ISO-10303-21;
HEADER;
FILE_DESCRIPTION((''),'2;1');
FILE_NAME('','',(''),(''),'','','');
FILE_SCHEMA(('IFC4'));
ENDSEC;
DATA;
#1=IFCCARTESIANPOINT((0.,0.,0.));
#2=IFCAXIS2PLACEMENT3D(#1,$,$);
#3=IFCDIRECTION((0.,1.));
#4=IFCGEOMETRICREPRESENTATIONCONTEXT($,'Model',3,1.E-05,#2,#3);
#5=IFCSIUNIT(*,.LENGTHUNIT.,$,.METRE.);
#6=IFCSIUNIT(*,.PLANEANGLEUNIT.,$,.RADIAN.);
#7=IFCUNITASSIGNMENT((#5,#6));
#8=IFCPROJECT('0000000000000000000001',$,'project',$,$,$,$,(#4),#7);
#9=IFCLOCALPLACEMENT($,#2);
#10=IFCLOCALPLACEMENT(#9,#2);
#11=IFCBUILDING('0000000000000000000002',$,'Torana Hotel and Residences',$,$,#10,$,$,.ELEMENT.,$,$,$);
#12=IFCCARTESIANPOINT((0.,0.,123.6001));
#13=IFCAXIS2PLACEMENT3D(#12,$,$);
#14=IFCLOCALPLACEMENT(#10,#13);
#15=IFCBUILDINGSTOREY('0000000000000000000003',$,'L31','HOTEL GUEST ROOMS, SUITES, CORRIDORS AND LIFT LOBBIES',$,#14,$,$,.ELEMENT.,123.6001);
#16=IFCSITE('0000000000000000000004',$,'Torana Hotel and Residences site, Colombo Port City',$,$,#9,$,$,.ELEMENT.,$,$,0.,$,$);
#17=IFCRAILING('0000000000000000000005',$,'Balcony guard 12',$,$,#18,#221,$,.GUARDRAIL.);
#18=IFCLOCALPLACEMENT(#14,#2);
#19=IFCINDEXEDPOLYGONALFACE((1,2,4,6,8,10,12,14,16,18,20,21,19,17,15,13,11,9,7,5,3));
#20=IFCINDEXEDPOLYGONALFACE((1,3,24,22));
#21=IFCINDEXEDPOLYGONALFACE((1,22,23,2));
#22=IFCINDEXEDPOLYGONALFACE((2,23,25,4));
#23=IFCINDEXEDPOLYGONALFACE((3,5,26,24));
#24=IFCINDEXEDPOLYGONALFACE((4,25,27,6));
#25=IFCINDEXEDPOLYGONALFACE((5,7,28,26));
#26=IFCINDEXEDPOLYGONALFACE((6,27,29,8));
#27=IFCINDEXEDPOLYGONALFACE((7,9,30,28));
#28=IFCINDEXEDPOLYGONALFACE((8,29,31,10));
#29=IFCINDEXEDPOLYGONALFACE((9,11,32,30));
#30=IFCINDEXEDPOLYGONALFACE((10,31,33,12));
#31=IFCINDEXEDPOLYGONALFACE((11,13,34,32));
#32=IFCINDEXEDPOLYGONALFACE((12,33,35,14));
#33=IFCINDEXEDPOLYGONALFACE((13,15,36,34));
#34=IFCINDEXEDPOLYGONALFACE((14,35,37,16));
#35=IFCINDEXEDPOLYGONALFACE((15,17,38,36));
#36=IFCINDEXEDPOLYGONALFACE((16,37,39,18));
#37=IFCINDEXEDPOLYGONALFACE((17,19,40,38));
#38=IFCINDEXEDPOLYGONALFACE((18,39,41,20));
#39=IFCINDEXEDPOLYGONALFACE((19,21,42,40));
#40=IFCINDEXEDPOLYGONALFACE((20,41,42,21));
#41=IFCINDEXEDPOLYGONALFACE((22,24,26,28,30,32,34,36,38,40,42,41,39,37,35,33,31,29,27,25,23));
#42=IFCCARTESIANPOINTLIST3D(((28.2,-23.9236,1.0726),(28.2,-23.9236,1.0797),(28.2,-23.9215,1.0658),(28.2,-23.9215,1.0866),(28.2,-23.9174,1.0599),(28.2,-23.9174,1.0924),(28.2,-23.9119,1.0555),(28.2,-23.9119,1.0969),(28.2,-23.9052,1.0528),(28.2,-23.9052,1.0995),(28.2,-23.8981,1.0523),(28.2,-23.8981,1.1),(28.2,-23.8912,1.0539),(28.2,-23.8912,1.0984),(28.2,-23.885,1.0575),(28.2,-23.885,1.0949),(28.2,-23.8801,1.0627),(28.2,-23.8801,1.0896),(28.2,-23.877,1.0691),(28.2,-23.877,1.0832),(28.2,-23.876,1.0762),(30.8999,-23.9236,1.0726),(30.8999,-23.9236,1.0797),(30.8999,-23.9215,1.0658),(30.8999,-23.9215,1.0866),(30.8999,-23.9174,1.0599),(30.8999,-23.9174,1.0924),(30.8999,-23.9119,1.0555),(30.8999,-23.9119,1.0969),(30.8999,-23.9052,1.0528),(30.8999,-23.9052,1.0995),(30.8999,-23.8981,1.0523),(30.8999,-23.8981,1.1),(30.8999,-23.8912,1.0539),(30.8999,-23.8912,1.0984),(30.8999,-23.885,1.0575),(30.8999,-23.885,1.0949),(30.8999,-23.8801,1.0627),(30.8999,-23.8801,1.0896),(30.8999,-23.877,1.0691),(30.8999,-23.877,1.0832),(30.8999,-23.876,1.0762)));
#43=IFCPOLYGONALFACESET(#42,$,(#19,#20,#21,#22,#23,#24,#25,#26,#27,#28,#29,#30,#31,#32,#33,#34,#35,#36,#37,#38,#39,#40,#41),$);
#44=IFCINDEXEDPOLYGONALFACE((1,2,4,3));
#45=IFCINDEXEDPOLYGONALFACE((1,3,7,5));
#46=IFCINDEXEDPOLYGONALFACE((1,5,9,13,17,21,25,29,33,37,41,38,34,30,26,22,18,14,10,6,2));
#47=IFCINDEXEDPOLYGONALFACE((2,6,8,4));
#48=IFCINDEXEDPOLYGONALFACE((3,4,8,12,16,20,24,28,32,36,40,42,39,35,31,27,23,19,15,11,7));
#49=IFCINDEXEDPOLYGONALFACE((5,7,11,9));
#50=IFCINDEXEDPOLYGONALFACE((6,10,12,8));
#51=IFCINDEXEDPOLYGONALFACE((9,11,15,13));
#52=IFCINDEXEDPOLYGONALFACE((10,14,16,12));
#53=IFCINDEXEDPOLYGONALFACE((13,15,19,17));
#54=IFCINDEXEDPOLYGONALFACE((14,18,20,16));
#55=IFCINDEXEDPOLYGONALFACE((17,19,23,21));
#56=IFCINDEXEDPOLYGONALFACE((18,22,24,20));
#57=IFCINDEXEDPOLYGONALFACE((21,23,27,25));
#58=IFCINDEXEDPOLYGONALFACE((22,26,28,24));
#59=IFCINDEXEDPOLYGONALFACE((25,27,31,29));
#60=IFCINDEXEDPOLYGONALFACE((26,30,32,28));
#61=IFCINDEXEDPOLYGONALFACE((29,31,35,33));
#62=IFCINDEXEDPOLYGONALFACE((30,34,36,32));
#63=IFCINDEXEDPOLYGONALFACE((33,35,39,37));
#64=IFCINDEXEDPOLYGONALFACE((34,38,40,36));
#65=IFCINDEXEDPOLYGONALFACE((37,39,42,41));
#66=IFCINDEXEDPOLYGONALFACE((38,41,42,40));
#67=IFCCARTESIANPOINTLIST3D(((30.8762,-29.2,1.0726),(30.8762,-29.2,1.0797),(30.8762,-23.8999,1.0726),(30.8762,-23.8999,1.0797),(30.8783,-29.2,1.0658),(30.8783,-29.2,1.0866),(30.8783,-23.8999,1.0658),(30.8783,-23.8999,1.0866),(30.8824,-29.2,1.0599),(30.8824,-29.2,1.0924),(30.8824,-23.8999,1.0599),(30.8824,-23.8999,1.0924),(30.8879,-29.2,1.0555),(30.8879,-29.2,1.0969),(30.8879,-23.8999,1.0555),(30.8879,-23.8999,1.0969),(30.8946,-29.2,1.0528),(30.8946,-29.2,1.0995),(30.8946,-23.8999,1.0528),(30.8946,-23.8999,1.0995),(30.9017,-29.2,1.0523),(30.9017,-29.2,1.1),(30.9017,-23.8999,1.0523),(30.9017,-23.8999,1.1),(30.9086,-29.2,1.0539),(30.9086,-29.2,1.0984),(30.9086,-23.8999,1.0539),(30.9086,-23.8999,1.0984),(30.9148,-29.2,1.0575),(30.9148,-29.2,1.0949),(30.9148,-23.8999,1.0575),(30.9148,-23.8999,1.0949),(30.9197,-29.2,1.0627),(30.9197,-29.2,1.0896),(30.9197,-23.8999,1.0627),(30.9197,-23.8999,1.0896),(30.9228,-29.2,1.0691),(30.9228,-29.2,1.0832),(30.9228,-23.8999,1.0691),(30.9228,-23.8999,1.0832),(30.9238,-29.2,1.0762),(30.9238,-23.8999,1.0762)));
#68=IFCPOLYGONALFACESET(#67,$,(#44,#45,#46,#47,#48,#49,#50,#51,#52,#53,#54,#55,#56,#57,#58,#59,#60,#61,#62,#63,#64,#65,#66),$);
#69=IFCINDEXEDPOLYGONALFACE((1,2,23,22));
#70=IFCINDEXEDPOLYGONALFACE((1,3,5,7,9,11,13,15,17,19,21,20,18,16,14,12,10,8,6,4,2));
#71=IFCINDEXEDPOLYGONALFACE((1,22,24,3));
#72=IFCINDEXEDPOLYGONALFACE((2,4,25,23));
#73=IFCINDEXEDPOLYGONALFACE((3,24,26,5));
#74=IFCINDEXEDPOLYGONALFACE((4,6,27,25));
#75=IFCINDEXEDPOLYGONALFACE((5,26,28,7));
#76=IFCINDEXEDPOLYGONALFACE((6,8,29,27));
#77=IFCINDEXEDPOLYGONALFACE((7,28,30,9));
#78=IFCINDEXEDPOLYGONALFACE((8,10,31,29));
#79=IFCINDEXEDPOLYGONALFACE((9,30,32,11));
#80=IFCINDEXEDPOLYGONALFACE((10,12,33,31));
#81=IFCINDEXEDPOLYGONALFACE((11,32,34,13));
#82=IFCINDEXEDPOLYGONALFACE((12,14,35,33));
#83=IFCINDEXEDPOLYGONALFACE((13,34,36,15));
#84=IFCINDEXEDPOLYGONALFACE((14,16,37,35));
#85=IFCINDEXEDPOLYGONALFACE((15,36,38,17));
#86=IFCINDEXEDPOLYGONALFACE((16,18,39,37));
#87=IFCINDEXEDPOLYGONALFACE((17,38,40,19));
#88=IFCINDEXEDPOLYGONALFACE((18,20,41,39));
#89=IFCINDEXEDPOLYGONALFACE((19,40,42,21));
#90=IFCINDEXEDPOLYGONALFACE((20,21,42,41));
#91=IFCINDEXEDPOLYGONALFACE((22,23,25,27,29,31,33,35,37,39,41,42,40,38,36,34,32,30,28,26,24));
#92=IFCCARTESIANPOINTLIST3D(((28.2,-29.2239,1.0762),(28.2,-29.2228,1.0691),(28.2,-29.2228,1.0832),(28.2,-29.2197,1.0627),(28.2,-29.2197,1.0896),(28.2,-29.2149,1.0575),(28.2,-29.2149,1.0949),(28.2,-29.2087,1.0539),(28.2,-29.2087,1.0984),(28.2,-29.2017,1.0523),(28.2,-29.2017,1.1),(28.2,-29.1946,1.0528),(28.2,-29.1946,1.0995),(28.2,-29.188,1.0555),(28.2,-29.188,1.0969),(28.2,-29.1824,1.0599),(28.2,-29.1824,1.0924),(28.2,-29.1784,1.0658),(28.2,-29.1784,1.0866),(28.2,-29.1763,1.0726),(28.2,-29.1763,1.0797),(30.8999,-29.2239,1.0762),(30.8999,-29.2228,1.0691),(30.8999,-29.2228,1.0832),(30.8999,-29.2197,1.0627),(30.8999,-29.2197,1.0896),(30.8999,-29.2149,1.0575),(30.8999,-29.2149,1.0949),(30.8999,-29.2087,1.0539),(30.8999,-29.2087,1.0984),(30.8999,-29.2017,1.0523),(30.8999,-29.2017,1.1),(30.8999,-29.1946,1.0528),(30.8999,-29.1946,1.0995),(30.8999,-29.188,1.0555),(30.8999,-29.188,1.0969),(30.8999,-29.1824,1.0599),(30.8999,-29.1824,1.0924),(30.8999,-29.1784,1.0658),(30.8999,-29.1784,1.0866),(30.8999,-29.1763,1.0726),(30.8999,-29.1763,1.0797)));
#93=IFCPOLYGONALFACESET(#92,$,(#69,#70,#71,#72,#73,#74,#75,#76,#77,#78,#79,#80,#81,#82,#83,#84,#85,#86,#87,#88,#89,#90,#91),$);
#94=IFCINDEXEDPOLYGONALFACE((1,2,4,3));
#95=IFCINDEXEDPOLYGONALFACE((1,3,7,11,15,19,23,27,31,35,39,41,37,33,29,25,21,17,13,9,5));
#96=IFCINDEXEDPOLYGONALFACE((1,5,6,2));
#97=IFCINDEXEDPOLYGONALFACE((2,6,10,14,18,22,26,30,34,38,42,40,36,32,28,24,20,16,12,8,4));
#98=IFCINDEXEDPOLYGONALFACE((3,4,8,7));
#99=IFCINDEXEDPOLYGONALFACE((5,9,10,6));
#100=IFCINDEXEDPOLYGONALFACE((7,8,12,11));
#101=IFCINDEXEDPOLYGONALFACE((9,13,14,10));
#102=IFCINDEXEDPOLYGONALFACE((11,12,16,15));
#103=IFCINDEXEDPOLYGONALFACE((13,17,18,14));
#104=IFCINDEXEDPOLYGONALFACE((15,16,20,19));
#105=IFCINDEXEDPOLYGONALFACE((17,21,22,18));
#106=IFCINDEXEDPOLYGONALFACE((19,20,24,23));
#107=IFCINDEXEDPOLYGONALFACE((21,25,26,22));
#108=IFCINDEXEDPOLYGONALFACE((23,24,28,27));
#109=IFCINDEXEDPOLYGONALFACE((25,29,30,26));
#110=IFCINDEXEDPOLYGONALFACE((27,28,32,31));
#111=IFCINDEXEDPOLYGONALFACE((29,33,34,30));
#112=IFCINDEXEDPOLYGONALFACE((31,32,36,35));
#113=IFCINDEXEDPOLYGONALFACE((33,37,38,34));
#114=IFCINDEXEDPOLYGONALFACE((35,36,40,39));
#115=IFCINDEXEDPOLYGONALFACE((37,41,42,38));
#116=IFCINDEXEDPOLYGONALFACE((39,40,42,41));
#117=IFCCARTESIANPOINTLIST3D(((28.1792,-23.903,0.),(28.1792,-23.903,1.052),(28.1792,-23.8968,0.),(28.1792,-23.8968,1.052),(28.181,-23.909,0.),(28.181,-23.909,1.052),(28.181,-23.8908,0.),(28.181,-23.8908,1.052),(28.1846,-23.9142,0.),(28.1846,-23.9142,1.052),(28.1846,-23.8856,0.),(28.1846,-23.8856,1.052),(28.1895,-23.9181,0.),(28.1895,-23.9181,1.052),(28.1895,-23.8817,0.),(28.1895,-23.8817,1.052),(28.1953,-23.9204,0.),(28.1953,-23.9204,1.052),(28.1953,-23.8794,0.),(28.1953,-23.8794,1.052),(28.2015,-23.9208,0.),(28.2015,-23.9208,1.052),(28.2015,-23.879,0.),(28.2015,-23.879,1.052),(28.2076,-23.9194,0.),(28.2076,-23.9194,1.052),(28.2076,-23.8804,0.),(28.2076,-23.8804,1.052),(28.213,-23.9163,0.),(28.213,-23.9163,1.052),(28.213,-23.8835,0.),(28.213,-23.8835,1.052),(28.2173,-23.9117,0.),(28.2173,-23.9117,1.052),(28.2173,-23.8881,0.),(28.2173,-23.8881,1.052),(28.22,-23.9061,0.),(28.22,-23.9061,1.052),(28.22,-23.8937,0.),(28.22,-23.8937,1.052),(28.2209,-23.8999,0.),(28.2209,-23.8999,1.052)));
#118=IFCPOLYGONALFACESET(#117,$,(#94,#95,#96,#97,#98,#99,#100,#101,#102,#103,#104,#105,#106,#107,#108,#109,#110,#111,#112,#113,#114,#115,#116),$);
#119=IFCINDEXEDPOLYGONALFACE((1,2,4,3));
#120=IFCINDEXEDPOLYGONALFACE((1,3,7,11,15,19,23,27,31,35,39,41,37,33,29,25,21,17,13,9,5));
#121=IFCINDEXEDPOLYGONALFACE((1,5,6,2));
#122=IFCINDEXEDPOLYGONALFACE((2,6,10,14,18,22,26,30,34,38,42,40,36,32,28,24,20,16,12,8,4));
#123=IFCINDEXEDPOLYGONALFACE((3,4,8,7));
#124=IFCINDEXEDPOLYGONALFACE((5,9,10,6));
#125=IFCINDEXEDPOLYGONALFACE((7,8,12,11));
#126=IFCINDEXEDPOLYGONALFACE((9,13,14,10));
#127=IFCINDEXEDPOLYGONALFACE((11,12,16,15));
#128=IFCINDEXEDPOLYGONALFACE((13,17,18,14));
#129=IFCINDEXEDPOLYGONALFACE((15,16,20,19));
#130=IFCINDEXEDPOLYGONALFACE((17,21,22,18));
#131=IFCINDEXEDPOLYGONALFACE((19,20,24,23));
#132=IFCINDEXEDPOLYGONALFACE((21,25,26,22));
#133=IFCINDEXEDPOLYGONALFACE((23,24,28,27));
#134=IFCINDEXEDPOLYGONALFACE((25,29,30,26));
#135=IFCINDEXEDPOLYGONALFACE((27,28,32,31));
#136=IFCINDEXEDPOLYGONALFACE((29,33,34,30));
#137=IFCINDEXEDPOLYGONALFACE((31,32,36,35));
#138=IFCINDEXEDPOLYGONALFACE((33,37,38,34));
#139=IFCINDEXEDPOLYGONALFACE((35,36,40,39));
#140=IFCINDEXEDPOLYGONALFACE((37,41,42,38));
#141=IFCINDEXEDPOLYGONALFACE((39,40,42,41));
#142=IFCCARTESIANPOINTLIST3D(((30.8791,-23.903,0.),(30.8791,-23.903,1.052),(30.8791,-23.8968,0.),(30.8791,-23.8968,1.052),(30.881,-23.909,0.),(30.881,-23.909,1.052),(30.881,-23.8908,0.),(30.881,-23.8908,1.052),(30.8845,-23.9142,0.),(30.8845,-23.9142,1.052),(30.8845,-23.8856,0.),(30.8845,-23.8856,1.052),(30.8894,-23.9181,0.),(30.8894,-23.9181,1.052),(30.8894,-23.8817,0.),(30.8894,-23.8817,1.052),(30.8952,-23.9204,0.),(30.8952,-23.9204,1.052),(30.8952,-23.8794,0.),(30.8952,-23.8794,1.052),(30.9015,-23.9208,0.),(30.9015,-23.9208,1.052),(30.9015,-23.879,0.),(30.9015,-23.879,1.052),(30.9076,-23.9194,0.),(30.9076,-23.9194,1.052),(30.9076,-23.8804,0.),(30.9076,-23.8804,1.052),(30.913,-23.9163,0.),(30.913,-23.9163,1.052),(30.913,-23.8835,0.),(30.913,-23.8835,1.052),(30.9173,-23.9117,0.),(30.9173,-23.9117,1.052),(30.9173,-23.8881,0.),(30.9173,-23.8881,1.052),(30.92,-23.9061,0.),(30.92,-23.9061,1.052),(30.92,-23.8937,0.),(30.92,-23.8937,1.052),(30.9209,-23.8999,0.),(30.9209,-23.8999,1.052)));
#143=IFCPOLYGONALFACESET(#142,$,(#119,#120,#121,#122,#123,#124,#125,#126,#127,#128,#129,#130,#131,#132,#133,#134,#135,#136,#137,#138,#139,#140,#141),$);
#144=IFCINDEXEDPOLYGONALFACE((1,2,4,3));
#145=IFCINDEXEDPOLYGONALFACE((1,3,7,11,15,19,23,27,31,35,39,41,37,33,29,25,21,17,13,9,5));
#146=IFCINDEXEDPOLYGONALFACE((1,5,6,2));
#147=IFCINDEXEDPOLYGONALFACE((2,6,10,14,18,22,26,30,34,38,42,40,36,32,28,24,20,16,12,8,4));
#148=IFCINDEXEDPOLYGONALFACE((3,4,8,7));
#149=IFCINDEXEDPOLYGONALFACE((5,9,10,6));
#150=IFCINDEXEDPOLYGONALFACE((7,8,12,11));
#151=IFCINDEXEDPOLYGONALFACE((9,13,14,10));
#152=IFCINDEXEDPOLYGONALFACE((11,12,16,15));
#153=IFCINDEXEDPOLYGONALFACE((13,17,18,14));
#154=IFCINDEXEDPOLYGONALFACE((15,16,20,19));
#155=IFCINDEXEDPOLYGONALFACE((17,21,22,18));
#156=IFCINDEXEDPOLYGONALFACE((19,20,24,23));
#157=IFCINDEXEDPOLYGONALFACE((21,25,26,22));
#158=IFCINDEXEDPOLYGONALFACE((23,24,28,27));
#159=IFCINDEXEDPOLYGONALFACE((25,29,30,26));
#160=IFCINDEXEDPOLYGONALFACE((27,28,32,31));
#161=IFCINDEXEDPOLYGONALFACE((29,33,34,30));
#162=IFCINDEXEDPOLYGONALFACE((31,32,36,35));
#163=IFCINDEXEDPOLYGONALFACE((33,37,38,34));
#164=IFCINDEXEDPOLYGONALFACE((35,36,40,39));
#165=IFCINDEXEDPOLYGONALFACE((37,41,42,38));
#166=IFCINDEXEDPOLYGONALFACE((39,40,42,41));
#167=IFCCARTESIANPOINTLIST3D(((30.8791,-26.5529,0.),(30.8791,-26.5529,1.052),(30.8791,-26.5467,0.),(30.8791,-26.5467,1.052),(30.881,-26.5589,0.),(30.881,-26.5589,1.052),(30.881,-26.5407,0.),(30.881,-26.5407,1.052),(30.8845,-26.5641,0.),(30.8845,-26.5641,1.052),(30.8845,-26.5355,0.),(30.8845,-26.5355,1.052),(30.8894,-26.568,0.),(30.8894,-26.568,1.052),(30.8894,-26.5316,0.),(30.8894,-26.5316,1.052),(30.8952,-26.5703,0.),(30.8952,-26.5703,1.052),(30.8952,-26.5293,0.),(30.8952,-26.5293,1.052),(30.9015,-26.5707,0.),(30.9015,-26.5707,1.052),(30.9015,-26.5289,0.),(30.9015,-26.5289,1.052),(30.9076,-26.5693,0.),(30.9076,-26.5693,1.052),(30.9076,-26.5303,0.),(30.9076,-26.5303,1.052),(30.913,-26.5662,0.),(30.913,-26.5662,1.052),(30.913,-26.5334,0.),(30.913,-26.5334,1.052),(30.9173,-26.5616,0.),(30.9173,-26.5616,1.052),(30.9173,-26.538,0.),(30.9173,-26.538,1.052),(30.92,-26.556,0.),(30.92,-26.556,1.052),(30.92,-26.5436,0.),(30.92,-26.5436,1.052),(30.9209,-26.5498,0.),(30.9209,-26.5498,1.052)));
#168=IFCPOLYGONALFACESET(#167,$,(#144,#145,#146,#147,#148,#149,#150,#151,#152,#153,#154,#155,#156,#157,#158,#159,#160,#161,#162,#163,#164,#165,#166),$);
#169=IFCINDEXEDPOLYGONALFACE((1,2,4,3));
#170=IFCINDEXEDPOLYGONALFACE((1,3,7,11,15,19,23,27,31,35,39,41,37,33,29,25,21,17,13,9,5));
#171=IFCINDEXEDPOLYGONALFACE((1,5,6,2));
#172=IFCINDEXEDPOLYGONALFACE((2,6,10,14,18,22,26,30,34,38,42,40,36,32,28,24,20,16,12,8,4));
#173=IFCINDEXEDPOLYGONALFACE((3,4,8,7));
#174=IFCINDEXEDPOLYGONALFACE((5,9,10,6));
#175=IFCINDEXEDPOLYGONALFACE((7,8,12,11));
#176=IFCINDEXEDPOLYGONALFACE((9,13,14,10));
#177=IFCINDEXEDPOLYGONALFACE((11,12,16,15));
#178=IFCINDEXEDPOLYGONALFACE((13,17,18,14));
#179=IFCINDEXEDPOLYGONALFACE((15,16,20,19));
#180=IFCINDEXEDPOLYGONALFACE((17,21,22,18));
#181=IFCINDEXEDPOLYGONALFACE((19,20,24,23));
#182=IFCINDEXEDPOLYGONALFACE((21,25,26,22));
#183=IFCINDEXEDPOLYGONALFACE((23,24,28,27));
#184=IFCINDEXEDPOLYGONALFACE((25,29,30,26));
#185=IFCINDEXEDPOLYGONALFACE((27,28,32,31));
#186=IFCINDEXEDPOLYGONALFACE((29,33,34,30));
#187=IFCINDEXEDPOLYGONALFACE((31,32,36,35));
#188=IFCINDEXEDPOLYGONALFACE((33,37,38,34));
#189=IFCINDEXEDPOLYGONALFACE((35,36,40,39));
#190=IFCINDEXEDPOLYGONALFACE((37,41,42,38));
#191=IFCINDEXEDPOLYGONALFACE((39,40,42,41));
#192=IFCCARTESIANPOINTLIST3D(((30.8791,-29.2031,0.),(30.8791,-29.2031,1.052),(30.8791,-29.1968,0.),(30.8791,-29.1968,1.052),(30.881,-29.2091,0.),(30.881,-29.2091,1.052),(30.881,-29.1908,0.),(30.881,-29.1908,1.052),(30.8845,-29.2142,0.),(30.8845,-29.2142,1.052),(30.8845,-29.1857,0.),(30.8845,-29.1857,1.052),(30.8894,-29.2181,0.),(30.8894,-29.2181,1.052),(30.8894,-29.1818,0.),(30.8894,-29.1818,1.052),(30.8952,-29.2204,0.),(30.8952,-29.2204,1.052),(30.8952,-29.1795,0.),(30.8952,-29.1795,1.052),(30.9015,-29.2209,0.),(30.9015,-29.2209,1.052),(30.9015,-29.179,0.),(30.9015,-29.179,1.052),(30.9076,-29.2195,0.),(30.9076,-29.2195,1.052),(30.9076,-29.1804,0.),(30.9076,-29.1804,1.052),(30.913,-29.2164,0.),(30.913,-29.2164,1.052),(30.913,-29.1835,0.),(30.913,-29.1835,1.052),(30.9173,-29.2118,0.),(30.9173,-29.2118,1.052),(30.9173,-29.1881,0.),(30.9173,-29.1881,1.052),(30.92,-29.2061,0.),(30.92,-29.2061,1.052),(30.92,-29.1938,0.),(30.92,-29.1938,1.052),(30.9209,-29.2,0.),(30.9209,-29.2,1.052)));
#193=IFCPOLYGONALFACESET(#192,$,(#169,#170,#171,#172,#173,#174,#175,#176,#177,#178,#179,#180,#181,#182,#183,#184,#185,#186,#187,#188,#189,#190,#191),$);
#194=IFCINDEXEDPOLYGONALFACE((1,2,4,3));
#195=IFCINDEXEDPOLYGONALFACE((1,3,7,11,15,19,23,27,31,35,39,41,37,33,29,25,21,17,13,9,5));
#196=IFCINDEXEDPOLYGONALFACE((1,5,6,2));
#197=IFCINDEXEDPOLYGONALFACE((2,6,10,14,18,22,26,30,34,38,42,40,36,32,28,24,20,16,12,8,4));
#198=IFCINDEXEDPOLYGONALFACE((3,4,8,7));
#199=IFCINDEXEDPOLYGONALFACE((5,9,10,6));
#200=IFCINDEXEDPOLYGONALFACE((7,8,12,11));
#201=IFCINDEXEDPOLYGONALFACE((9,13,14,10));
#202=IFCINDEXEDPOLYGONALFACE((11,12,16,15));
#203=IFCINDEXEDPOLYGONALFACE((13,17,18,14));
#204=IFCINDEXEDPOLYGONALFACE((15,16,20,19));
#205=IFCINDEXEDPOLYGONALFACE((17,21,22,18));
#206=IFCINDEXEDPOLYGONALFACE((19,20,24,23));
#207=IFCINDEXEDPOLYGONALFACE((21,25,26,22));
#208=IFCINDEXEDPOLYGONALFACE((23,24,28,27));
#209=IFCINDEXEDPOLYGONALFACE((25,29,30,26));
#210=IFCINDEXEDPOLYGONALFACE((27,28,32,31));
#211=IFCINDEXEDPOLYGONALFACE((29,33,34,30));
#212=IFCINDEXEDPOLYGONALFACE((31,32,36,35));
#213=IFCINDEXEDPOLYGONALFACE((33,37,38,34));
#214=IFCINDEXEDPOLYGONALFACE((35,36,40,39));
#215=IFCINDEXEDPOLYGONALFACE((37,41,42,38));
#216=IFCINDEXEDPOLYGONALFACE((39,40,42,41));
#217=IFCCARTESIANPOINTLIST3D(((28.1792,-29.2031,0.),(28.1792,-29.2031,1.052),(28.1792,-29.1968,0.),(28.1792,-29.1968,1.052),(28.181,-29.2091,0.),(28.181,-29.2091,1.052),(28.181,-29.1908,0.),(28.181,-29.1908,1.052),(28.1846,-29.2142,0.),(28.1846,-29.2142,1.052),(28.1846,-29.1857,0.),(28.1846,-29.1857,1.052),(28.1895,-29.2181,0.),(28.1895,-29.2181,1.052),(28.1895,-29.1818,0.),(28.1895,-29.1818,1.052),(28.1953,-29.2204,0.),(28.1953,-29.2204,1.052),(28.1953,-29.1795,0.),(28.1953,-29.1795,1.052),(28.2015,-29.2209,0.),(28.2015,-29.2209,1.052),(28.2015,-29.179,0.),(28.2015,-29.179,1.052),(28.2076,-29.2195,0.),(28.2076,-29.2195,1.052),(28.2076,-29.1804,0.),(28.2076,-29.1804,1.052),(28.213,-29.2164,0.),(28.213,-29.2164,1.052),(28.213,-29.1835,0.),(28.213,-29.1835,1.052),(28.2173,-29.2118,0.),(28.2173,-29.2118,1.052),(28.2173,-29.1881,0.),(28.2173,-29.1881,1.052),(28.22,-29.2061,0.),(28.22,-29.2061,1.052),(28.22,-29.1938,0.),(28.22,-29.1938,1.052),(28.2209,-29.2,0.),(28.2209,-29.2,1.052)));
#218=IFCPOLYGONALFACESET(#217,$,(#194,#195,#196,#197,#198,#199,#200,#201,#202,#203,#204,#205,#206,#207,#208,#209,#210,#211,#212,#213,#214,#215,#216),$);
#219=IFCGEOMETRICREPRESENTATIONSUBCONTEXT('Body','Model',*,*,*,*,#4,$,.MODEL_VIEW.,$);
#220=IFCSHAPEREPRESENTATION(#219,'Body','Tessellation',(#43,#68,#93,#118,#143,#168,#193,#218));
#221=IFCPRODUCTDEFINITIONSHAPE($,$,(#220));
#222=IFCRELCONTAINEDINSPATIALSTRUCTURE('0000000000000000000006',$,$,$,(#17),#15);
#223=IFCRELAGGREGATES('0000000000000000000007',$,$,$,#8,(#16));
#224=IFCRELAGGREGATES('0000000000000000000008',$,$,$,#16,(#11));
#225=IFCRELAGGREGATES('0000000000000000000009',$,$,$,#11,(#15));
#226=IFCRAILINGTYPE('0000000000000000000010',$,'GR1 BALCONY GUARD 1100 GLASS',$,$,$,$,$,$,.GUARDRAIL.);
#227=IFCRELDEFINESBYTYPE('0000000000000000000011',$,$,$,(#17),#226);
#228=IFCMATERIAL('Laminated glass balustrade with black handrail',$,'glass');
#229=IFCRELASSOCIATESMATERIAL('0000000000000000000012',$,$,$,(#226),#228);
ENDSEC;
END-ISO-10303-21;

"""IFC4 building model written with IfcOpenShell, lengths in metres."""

from ifc_helpers import new_model, si_unit, direction, frame, origin, origin_2d, place, context, subcontext, project, spatial, circle, extrude, material, type_object, element, save


model = new_model("IFC4")

# Units and contexts
model_context = context("Model", 3, precision=1e-05, world=origin(), true_north=direction((0.0, 1.0)))
body_context = subcontext(model_context, "Body", "Model", "MODEL_VIEW")
ifc_project = project(units=[si_unit("LENGTHUNIT", "METRE"), si_unit("PLANEANGLEUNIT", "RADIAN")], contexts=[model_context])

# Site, building, storey
site_placement = place(None, origin())
site = spatial("IfcSite", under=ifc_project, at=site_placement, Name="Torana Hotel and Residences site, Colombo Port City", CompositionType="ELEMENT", RefElevation=0.0)
building_placement = place(site_placement, origin())
building = spatial("IfcBuilding", under=site, at=building_placement, Name="Torana Hotel and Residences", CompositionType="ELEMENT")
storey_placement = place(building_placement, frame((0.0, 0.0, 123.6001)))
storey = spatial("IfcBuildingStorey", under=building, at=storey_placement, Name="L31", Description="HOTEL GUEST ROOMS, SUITES, CORRIDORS AND LIFT LOBBIES", CompositionType="ELEMENT", Elevation=123.6001)

# Railing
ifc_material_1 = material(Name="Laminated glass balustrade with black handrail", Category="glass")
railing_type = type_object("IfcRailingType", Name="GR1 BALCONY GUARD 1100 GLASS", PredefinedType="GUARDRAIL", material=ifc_material_1)
railing_1_placement = place(storey_placement, frame((28.2, -23.8999, 0.0)))
element("IfcRailing", 1, at=railing_1_placement, inside=storey, type_object=railing_type, Name="Balcony guard 12", PredefinedType="GUARDRAIL", context=body_context, shape_type="SweptSolid", body=[
    extrude(circle(Radius=0.0239, at=origin_2d()), frame((0.0, 0.0, 1.0762), z_axis=(1.0, 0.0, 0.0), x_axis=(0.0, 1.0, 0.0)), (0.0, 0.0, 1.0), 2.7),
    extrude(circle(Radius=0.0239, at=origin_2d()), frame((2.7, 0.0, 1.0762), z_axis=(0.0, -1.0, 0.0), x_axis=(1.0, 0.0, 0.0)), (0.0, 0.0, 1.0), 5.3),
    extrude(circle(Radius=0.0239, at=origin_2d()), frame((2.7, -5.3, 1.0762), z_axis=(-1.0, 0.0, 0.0), x_axis=(0.0, -1.0, 0.0)), (0.0, 0.0, 1.0), 2.7),
    extrude(circle(Radius=0.021, at=origin_2d()), origin(), (0.0, 0.0, 1.0), 1.052),
    extrude(circle(Radius=0.021, at=origin_2d()), frame((2.7, 0.0, 0.0)), (0.0, 0.0, 1.0), 1.052),
    extrude(circle(Radius=0.021, at=origin_2d()), frame((2.7, -2.6499, 0.0)), (0.0, 0.0, 1.0), 1.052),
    extrude(circle(Radius=0.021, at=origin_2d()), frame((2.7, -5.3, 0.0)), (0.0, 0.0, 1.0), 1.052),
    extrude(circle(Radius=0.021, at=origin_2d()), frame((0.0, -5.3, 0.0)), (0.0, 0.0, 1.0), 1.052),
])

save(model, "model.ifc")
